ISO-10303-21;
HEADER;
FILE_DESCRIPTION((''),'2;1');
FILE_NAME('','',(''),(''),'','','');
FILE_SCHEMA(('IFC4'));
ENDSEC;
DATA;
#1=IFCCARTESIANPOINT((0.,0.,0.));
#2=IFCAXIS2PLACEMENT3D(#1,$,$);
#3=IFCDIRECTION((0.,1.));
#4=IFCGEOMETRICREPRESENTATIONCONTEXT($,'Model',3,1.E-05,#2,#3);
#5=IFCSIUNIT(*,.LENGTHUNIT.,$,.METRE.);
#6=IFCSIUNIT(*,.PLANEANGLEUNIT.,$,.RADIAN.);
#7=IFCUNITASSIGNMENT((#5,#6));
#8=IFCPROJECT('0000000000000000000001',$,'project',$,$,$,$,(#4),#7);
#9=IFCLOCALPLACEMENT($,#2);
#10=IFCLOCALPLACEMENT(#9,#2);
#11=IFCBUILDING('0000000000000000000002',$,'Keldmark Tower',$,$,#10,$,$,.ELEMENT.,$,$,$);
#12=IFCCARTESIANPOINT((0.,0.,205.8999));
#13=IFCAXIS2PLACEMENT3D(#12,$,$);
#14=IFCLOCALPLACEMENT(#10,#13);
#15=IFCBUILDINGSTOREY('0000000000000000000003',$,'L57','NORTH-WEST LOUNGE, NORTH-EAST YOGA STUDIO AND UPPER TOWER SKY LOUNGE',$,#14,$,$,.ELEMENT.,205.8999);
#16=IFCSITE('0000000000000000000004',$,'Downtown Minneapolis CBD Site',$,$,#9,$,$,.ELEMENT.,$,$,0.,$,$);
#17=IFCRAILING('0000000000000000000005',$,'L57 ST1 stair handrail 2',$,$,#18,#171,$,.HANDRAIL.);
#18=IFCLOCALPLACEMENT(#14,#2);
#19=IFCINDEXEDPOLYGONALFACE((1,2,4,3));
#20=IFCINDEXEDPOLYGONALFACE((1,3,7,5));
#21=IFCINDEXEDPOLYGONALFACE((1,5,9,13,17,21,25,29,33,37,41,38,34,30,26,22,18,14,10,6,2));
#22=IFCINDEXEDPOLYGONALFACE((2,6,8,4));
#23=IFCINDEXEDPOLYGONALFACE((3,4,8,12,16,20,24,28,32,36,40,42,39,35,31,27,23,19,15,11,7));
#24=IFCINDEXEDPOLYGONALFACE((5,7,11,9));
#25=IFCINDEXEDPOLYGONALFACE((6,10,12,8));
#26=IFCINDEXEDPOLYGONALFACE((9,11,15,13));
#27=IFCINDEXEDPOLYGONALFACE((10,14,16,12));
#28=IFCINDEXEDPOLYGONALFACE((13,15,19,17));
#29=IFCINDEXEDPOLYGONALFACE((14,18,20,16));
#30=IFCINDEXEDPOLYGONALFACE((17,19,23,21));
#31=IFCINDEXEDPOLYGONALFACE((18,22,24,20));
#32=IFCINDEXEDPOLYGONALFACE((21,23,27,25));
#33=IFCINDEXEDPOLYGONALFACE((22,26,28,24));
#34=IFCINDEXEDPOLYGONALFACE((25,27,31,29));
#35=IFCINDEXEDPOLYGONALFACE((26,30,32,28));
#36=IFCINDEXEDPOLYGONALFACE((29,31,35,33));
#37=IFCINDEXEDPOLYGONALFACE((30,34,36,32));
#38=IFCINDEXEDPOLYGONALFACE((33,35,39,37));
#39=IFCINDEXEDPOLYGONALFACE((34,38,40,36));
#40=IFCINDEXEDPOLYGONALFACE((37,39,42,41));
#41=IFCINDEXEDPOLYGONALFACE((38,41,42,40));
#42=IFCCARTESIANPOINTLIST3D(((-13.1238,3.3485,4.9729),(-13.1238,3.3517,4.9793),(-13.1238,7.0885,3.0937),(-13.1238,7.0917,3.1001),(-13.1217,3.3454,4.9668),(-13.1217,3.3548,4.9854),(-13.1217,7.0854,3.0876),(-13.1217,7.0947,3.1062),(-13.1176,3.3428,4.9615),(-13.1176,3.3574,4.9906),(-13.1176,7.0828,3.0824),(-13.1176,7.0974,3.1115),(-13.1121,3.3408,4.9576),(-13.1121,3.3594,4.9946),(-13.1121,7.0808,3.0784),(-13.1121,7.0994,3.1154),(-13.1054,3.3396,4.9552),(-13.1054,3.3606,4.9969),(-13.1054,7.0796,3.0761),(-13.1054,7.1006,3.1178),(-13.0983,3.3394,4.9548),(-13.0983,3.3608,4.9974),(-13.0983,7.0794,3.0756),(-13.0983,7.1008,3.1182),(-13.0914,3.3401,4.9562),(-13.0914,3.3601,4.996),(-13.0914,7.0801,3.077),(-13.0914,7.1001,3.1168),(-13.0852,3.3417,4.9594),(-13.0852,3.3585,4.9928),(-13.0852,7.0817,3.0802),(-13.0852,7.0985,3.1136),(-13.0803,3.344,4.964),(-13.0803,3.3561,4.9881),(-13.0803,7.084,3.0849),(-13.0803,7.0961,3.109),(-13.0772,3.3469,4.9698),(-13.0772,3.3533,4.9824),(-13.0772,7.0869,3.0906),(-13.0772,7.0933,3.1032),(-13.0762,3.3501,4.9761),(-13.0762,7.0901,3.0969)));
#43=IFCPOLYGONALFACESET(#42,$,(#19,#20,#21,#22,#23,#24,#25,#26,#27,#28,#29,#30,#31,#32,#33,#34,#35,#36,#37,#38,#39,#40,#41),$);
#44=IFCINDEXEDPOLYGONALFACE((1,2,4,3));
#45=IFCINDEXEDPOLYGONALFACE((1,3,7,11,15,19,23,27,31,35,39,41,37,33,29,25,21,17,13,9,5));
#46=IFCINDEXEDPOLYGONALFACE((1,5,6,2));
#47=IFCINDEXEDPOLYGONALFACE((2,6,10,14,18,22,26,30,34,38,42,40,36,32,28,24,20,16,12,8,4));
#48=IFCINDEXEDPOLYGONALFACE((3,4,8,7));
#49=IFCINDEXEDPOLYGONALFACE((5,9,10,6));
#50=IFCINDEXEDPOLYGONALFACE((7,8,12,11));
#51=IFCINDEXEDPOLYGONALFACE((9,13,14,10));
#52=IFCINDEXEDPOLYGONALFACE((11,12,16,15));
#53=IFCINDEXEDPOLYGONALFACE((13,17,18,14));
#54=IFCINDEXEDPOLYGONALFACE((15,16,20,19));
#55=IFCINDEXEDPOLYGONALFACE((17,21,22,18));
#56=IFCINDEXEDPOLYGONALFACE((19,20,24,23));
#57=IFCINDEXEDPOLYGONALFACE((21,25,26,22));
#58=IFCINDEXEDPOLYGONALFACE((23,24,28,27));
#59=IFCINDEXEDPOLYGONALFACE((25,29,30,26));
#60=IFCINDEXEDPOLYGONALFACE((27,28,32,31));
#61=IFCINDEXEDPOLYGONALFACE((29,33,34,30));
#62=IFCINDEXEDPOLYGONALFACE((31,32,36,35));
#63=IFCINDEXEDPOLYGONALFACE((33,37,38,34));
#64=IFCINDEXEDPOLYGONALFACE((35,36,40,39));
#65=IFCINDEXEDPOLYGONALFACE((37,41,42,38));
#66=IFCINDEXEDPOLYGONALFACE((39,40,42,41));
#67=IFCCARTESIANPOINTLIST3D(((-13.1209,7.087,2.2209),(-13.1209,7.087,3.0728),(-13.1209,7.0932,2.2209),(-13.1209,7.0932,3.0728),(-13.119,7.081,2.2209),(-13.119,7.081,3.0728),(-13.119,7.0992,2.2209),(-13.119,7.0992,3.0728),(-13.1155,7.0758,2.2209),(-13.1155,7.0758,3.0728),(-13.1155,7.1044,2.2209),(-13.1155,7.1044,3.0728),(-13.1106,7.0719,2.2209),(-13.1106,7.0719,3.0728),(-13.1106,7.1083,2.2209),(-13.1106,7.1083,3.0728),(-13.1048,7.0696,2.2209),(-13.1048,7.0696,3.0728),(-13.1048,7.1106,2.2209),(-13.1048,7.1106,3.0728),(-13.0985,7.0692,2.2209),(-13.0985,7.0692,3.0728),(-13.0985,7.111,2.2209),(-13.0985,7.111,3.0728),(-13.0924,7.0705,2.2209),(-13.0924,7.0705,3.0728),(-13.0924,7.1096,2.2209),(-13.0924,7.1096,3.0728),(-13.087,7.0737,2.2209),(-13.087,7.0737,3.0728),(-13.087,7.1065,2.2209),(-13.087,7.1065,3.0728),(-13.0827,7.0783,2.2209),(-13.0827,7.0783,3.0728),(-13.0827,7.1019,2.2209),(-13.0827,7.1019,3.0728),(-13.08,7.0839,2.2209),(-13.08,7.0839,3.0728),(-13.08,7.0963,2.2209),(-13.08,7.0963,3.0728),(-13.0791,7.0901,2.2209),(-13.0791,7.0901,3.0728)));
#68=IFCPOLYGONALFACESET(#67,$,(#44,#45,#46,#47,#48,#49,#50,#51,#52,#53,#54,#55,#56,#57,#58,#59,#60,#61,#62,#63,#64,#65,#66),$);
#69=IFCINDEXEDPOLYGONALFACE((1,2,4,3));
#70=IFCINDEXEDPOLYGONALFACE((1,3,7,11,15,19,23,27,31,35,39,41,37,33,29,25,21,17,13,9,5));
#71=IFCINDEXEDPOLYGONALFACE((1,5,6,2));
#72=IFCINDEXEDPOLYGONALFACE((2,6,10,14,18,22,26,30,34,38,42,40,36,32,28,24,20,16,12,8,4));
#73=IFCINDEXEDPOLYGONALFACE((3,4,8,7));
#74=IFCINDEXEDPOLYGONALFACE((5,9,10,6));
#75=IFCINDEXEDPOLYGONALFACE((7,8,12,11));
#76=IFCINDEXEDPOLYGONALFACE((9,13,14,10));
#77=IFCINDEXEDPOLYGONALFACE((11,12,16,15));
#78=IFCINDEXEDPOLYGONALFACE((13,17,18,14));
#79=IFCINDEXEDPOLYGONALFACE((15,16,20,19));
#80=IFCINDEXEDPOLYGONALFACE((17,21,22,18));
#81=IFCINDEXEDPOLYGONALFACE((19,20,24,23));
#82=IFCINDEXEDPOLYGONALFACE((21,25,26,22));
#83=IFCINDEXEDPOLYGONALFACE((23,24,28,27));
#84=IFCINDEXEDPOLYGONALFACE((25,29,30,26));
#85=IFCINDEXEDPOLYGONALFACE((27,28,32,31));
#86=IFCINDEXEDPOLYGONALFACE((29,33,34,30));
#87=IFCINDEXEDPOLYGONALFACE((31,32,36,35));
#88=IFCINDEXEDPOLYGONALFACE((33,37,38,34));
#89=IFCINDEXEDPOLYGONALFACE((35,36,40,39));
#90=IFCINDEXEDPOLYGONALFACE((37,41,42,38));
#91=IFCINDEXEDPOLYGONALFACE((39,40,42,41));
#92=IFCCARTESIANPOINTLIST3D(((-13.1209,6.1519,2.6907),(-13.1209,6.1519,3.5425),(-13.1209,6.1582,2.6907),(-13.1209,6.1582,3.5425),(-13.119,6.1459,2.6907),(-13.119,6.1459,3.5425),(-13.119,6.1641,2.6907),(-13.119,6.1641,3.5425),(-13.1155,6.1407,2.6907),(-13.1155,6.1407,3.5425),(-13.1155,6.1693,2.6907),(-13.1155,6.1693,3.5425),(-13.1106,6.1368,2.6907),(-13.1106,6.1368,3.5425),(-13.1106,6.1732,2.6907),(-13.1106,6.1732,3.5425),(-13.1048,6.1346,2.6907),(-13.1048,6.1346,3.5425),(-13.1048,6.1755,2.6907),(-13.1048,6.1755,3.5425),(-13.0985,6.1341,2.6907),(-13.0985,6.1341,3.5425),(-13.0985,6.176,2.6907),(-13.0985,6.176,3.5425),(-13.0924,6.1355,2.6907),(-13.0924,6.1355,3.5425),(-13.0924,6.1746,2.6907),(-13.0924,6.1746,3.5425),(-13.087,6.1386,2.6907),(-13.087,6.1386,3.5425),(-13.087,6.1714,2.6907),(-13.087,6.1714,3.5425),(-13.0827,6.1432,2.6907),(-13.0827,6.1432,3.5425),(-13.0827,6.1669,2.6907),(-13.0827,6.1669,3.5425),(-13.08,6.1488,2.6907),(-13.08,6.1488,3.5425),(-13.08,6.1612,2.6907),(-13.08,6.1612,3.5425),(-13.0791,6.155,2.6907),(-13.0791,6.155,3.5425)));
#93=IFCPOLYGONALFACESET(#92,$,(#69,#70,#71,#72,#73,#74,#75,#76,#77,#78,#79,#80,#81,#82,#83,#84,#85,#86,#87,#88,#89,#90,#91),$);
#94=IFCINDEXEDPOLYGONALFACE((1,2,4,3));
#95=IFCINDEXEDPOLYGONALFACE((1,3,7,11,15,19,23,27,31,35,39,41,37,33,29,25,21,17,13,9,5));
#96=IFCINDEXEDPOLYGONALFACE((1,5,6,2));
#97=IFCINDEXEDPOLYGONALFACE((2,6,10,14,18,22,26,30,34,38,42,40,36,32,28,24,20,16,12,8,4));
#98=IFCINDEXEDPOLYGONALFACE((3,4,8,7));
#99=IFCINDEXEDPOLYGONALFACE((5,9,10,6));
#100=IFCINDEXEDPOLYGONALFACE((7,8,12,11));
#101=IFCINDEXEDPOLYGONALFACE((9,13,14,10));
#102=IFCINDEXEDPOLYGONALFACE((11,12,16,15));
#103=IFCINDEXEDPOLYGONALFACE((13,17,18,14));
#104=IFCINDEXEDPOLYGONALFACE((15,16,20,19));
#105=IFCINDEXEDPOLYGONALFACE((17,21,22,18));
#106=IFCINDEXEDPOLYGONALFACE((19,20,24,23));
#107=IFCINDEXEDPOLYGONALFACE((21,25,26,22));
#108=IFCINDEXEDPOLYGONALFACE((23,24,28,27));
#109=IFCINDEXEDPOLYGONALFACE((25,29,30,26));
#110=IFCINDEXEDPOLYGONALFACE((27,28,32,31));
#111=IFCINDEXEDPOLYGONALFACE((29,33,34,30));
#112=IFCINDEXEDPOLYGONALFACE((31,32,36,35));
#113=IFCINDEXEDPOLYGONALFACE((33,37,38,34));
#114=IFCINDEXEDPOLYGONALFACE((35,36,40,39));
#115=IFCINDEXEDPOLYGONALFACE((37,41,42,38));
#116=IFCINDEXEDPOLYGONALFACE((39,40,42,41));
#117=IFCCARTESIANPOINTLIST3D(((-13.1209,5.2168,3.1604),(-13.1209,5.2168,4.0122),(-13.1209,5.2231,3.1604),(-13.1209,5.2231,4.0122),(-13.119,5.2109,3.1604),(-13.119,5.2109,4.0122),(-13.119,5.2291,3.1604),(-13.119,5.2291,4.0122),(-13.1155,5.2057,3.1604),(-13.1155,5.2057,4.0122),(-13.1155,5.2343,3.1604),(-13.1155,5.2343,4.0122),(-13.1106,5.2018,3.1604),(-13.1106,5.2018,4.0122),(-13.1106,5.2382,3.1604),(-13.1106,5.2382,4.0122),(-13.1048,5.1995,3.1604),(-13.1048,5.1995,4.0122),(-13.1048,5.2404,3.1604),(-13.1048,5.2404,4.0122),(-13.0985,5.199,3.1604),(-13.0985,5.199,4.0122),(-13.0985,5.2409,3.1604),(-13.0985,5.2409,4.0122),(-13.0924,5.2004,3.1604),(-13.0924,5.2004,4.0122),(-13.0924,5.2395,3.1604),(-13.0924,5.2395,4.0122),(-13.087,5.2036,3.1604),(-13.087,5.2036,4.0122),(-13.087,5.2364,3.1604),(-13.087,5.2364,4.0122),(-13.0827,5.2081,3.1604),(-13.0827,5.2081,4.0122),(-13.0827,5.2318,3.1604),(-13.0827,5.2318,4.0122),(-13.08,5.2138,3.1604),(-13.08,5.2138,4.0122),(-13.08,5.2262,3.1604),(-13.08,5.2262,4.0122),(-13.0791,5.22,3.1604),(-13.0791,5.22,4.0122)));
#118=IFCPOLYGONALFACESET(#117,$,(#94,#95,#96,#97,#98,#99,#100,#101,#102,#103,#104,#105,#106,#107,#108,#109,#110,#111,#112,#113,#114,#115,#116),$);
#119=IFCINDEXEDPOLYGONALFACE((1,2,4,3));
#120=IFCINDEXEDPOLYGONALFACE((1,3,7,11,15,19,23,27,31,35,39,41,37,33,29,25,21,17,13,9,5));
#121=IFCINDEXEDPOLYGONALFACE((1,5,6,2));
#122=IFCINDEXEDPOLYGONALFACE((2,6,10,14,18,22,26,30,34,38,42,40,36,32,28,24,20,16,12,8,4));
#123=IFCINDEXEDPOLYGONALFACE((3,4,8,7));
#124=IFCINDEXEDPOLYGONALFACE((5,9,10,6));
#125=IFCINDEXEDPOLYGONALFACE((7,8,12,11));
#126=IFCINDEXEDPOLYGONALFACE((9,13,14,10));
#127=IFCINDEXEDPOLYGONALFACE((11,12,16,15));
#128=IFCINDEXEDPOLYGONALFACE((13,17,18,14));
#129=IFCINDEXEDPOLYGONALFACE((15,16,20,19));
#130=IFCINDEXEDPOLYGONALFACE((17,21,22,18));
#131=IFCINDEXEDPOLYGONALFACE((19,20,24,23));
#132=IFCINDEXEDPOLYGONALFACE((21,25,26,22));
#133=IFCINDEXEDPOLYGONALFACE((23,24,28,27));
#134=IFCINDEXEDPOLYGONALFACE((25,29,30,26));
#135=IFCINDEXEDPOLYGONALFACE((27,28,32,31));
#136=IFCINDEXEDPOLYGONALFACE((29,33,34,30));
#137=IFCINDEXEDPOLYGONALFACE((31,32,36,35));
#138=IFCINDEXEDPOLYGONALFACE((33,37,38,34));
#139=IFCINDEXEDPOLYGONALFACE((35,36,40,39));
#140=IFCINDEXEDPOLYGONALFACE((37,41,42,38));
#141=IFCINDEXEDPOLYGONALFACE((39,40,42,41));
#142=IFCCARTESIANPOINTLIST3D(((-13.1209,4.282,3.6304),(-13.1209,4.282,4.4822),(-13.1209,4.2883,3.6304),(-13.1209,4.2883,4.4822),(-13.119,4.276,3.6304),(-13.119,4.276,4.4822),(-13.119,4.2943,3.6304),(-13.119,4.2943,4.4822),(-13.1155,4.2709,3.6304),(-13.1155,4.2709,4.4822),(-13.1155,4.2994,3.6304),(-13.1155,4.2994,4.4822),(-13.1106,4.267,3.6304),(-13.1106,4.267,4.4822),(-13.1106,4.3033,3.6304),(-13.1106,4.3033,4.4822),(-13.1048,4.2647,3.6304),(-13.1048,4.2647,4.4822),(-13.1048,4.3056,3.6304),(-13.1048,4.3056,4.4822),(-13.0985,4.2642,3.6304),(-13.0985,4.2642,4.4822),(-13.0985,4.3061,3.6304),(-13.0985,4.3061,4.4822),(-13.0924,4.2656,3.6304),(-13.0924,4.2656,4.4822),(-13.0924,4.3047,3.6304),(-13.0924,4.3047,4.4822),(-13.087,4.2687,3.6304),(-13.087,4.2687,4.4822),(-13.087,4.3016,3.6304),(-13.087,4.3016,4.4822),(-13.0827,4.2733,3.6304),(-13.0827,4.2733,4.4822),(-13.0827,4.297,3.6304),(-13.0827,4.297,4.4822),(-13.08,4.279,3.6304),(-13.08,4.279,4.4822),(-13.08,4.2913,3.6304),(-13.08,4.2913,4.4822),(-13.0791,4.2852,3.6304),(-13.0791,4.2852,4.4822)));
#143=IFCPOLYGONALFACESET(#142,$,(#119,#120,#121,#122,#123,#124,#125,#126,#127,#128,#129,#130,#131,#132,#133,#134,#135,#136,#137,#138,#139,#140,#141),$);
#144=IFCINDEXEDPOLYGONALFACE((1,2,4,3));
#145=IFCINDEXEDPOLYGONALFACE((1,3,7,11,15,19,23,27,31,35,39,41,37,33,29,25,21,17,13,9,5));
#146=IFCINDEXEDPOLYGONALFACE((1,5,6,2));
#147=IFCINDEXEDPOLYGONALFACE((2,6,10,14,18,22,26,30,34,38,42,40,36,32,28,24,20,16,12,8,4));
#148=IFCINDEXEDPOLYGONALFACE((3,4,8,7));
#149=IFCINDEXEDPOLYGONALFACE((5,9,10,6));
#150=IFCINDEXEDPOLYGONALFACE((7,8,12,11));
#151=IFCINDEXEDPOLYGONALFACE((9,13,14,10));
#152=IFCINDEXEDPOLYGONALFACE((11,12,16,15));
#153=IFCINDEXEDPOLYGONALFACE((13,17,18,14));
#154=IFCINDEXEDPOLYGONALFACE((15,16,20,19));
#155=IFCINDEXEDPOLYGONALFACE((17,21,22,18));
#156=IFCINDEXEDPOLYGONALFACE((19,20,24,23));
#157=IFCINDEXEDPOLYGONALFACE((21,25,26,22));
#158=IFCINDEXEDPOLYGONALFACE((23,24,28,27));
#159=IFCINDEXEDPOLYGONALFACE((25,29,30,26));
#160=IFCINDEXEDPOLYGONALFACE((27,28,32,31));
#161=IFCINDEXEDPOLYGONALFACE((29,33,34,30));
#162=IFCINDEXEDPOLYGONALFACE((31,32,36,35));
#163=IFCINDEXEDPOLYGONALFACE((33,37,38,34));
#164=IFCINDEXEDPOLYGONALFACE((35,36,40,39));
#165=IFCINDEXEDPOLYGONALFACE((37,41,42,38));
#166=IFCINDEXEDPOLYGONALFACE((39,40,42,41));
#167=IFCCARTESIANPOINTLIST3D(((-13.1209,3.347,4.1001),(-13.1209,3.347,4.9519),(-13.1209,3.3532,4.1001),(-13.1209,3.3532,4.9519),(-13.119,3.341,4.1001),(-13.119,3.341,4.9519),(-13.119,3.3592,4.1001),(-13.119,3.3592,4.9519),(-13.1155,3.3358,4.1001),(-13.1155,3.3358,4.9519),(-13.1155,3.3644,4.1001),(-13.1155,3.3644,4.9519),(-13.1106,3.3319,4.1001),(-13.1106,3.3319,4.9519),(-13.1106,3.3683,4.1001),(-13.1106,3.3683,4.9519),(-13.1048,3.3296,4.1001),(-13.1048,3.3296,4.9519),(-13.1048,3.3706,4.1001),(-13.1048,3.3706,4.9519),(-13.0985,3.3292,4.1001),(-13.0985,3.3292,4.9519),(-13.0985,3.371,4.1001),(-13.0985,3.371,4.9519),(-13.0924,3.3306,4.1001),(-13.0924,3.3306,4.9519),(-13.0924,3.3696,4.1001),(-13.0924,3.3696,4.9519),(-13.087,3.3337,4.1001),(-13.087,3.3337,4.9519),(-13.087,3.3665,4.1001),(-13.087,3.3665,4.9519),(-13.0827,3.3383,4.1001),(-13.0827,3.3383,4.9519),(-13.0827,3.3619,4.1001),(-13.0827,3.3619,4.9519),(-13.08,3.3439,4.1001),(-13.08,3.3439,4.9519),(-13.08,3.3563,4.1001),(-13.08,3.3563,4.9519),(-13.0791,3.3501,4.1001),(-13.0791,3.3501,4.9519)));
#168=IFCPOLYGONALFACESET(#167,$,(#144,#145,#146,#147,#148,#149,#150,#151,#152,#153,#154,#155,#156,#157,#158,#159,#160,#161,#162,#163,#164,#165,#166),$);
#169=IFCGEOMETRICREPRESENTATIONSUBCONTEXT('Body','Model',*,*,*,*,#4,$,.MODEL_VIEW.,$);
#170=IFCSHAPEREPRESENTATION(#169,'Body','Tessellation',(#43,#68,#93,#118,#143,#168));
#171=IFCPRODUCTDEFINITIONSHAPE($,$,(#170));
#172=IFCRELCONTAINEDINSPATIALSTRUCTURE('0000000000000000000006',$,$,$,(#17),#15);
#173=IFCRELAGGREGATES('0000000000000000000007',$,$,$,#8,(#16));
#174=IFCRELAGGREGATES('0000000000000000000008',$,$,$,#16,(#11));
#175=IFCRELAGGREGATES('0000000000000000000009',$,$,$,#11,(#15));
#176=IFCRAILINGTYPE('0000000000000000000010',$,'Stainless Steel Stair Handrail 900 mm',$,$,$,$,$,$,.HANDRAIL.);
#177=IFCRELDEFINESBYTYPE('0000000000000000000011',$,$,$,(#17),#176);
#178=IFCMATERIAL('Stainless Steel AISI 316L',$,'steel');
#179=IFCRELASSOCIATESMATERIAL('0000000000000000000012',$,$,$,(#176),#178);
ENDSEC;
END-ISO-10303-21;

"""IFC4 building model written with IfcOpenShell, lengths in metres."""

from ifc_helpers import new_model, si_unit, direction, frame, origin, origin_2d, place, context, subcontext, project, spatial, circle, extrude, material, type_object, element, save


model = new_model("IFC4")

# Units and contexts
model_context = context("Model", 3, precision=1e-05, world=origin(), true_north=direction((0.0, 1.0)))
body_context = subcontext(model_context, "Body", "Model", "MODEL_VIEW")
ifc_project = project(units=[si_unit("LENGTHUNIT", "METRE"), si_unit("PLANEANGLEUNIT", "RADIAN")], contexts=[model_context])

# Site, building, storey
site_placement = place(None, origin())
site = spatial("IfcSite", under=ifc_project, at=site_placement, Name="Downtown Minneapolis CBD Site", CompositionType="ELEMENT", RefElevation=0.0)
building_placement = place(site_placement, origin())
building = spatial("IfcBuilding", under=site, at=building_placement, Name="Keldmark Tower", CompositionType="ELEMENT")
storey_placement = place(building_placement, frame((0.0, 0.0, 205.8999)))
storey = spatial("IfcBuildingStorey", under=building, at=storey_placement, Name="L57", Description="NORTH-WEST LOUNGE, NORTH-EAST YOGA STUDIO AND UPPER TOWER SKY LOUNGE", CompositionType="ELEMENT", Elevation=205.8999)

# Railing
ifc_material_1 = material(Name="Stainless Steel AISI 316L", Category="steel")
railing_type = type_object("IfcRailingType", Name="Stainless Steel Stair Handrail 900 mm", PredefinedType="HANDRAIL", material=ifc_material_1)
railing_placement = place(storey_placement, frame((-13.1001, 7.0901, 2.2209)))
element("IfcRailing", 1, at=railing_placement, inside=storey, type_object=railing_type, Name="L57 ST1 stair handrail 2", PredefinedType="HANDRAIL", context=body_context, shape_type="SweptSolid", body=[
    extrude(circle(Radius=0.0239, at=origin_2d()), frame((0.0, 0.0, 0.876), z_axis=(0.0, -0.893551, 0.448963), x_axis=(1.0, 0.0, 0.0)), (0.0, 0.0, 1.0), 4.1855),
    extrude(circle(Radius=0.021, at=origin_2d()), origin(), (0.0, 0.0, 1.0), 0.8518),
    extrude(circle(Radius=0.021, at=origin_2d()), frame((0.0, -0.9351, 0.4697)), (0.0, 0.0, 1.0), 0.8518),
    extrude(circle(Radius=0.021, at=origin_2d()), frame((0.0, -1.8701, 0.9395)), (0.0, 0.0, 1.0), 0.8518),
    extrude(circle(Radius=0.021, at=origin_2d()), frame((0.0, -2.8049, 1.4094)), (0.0, 0.0, 1.0), 0.8518),
    extrude(circle(Radius=0.021, at=origin_2d()), frame((0.0, -3.74, 1.8792)), (0.0, 0.0, 1.0), 0.8518),
])

save(model, "model.ifc")
